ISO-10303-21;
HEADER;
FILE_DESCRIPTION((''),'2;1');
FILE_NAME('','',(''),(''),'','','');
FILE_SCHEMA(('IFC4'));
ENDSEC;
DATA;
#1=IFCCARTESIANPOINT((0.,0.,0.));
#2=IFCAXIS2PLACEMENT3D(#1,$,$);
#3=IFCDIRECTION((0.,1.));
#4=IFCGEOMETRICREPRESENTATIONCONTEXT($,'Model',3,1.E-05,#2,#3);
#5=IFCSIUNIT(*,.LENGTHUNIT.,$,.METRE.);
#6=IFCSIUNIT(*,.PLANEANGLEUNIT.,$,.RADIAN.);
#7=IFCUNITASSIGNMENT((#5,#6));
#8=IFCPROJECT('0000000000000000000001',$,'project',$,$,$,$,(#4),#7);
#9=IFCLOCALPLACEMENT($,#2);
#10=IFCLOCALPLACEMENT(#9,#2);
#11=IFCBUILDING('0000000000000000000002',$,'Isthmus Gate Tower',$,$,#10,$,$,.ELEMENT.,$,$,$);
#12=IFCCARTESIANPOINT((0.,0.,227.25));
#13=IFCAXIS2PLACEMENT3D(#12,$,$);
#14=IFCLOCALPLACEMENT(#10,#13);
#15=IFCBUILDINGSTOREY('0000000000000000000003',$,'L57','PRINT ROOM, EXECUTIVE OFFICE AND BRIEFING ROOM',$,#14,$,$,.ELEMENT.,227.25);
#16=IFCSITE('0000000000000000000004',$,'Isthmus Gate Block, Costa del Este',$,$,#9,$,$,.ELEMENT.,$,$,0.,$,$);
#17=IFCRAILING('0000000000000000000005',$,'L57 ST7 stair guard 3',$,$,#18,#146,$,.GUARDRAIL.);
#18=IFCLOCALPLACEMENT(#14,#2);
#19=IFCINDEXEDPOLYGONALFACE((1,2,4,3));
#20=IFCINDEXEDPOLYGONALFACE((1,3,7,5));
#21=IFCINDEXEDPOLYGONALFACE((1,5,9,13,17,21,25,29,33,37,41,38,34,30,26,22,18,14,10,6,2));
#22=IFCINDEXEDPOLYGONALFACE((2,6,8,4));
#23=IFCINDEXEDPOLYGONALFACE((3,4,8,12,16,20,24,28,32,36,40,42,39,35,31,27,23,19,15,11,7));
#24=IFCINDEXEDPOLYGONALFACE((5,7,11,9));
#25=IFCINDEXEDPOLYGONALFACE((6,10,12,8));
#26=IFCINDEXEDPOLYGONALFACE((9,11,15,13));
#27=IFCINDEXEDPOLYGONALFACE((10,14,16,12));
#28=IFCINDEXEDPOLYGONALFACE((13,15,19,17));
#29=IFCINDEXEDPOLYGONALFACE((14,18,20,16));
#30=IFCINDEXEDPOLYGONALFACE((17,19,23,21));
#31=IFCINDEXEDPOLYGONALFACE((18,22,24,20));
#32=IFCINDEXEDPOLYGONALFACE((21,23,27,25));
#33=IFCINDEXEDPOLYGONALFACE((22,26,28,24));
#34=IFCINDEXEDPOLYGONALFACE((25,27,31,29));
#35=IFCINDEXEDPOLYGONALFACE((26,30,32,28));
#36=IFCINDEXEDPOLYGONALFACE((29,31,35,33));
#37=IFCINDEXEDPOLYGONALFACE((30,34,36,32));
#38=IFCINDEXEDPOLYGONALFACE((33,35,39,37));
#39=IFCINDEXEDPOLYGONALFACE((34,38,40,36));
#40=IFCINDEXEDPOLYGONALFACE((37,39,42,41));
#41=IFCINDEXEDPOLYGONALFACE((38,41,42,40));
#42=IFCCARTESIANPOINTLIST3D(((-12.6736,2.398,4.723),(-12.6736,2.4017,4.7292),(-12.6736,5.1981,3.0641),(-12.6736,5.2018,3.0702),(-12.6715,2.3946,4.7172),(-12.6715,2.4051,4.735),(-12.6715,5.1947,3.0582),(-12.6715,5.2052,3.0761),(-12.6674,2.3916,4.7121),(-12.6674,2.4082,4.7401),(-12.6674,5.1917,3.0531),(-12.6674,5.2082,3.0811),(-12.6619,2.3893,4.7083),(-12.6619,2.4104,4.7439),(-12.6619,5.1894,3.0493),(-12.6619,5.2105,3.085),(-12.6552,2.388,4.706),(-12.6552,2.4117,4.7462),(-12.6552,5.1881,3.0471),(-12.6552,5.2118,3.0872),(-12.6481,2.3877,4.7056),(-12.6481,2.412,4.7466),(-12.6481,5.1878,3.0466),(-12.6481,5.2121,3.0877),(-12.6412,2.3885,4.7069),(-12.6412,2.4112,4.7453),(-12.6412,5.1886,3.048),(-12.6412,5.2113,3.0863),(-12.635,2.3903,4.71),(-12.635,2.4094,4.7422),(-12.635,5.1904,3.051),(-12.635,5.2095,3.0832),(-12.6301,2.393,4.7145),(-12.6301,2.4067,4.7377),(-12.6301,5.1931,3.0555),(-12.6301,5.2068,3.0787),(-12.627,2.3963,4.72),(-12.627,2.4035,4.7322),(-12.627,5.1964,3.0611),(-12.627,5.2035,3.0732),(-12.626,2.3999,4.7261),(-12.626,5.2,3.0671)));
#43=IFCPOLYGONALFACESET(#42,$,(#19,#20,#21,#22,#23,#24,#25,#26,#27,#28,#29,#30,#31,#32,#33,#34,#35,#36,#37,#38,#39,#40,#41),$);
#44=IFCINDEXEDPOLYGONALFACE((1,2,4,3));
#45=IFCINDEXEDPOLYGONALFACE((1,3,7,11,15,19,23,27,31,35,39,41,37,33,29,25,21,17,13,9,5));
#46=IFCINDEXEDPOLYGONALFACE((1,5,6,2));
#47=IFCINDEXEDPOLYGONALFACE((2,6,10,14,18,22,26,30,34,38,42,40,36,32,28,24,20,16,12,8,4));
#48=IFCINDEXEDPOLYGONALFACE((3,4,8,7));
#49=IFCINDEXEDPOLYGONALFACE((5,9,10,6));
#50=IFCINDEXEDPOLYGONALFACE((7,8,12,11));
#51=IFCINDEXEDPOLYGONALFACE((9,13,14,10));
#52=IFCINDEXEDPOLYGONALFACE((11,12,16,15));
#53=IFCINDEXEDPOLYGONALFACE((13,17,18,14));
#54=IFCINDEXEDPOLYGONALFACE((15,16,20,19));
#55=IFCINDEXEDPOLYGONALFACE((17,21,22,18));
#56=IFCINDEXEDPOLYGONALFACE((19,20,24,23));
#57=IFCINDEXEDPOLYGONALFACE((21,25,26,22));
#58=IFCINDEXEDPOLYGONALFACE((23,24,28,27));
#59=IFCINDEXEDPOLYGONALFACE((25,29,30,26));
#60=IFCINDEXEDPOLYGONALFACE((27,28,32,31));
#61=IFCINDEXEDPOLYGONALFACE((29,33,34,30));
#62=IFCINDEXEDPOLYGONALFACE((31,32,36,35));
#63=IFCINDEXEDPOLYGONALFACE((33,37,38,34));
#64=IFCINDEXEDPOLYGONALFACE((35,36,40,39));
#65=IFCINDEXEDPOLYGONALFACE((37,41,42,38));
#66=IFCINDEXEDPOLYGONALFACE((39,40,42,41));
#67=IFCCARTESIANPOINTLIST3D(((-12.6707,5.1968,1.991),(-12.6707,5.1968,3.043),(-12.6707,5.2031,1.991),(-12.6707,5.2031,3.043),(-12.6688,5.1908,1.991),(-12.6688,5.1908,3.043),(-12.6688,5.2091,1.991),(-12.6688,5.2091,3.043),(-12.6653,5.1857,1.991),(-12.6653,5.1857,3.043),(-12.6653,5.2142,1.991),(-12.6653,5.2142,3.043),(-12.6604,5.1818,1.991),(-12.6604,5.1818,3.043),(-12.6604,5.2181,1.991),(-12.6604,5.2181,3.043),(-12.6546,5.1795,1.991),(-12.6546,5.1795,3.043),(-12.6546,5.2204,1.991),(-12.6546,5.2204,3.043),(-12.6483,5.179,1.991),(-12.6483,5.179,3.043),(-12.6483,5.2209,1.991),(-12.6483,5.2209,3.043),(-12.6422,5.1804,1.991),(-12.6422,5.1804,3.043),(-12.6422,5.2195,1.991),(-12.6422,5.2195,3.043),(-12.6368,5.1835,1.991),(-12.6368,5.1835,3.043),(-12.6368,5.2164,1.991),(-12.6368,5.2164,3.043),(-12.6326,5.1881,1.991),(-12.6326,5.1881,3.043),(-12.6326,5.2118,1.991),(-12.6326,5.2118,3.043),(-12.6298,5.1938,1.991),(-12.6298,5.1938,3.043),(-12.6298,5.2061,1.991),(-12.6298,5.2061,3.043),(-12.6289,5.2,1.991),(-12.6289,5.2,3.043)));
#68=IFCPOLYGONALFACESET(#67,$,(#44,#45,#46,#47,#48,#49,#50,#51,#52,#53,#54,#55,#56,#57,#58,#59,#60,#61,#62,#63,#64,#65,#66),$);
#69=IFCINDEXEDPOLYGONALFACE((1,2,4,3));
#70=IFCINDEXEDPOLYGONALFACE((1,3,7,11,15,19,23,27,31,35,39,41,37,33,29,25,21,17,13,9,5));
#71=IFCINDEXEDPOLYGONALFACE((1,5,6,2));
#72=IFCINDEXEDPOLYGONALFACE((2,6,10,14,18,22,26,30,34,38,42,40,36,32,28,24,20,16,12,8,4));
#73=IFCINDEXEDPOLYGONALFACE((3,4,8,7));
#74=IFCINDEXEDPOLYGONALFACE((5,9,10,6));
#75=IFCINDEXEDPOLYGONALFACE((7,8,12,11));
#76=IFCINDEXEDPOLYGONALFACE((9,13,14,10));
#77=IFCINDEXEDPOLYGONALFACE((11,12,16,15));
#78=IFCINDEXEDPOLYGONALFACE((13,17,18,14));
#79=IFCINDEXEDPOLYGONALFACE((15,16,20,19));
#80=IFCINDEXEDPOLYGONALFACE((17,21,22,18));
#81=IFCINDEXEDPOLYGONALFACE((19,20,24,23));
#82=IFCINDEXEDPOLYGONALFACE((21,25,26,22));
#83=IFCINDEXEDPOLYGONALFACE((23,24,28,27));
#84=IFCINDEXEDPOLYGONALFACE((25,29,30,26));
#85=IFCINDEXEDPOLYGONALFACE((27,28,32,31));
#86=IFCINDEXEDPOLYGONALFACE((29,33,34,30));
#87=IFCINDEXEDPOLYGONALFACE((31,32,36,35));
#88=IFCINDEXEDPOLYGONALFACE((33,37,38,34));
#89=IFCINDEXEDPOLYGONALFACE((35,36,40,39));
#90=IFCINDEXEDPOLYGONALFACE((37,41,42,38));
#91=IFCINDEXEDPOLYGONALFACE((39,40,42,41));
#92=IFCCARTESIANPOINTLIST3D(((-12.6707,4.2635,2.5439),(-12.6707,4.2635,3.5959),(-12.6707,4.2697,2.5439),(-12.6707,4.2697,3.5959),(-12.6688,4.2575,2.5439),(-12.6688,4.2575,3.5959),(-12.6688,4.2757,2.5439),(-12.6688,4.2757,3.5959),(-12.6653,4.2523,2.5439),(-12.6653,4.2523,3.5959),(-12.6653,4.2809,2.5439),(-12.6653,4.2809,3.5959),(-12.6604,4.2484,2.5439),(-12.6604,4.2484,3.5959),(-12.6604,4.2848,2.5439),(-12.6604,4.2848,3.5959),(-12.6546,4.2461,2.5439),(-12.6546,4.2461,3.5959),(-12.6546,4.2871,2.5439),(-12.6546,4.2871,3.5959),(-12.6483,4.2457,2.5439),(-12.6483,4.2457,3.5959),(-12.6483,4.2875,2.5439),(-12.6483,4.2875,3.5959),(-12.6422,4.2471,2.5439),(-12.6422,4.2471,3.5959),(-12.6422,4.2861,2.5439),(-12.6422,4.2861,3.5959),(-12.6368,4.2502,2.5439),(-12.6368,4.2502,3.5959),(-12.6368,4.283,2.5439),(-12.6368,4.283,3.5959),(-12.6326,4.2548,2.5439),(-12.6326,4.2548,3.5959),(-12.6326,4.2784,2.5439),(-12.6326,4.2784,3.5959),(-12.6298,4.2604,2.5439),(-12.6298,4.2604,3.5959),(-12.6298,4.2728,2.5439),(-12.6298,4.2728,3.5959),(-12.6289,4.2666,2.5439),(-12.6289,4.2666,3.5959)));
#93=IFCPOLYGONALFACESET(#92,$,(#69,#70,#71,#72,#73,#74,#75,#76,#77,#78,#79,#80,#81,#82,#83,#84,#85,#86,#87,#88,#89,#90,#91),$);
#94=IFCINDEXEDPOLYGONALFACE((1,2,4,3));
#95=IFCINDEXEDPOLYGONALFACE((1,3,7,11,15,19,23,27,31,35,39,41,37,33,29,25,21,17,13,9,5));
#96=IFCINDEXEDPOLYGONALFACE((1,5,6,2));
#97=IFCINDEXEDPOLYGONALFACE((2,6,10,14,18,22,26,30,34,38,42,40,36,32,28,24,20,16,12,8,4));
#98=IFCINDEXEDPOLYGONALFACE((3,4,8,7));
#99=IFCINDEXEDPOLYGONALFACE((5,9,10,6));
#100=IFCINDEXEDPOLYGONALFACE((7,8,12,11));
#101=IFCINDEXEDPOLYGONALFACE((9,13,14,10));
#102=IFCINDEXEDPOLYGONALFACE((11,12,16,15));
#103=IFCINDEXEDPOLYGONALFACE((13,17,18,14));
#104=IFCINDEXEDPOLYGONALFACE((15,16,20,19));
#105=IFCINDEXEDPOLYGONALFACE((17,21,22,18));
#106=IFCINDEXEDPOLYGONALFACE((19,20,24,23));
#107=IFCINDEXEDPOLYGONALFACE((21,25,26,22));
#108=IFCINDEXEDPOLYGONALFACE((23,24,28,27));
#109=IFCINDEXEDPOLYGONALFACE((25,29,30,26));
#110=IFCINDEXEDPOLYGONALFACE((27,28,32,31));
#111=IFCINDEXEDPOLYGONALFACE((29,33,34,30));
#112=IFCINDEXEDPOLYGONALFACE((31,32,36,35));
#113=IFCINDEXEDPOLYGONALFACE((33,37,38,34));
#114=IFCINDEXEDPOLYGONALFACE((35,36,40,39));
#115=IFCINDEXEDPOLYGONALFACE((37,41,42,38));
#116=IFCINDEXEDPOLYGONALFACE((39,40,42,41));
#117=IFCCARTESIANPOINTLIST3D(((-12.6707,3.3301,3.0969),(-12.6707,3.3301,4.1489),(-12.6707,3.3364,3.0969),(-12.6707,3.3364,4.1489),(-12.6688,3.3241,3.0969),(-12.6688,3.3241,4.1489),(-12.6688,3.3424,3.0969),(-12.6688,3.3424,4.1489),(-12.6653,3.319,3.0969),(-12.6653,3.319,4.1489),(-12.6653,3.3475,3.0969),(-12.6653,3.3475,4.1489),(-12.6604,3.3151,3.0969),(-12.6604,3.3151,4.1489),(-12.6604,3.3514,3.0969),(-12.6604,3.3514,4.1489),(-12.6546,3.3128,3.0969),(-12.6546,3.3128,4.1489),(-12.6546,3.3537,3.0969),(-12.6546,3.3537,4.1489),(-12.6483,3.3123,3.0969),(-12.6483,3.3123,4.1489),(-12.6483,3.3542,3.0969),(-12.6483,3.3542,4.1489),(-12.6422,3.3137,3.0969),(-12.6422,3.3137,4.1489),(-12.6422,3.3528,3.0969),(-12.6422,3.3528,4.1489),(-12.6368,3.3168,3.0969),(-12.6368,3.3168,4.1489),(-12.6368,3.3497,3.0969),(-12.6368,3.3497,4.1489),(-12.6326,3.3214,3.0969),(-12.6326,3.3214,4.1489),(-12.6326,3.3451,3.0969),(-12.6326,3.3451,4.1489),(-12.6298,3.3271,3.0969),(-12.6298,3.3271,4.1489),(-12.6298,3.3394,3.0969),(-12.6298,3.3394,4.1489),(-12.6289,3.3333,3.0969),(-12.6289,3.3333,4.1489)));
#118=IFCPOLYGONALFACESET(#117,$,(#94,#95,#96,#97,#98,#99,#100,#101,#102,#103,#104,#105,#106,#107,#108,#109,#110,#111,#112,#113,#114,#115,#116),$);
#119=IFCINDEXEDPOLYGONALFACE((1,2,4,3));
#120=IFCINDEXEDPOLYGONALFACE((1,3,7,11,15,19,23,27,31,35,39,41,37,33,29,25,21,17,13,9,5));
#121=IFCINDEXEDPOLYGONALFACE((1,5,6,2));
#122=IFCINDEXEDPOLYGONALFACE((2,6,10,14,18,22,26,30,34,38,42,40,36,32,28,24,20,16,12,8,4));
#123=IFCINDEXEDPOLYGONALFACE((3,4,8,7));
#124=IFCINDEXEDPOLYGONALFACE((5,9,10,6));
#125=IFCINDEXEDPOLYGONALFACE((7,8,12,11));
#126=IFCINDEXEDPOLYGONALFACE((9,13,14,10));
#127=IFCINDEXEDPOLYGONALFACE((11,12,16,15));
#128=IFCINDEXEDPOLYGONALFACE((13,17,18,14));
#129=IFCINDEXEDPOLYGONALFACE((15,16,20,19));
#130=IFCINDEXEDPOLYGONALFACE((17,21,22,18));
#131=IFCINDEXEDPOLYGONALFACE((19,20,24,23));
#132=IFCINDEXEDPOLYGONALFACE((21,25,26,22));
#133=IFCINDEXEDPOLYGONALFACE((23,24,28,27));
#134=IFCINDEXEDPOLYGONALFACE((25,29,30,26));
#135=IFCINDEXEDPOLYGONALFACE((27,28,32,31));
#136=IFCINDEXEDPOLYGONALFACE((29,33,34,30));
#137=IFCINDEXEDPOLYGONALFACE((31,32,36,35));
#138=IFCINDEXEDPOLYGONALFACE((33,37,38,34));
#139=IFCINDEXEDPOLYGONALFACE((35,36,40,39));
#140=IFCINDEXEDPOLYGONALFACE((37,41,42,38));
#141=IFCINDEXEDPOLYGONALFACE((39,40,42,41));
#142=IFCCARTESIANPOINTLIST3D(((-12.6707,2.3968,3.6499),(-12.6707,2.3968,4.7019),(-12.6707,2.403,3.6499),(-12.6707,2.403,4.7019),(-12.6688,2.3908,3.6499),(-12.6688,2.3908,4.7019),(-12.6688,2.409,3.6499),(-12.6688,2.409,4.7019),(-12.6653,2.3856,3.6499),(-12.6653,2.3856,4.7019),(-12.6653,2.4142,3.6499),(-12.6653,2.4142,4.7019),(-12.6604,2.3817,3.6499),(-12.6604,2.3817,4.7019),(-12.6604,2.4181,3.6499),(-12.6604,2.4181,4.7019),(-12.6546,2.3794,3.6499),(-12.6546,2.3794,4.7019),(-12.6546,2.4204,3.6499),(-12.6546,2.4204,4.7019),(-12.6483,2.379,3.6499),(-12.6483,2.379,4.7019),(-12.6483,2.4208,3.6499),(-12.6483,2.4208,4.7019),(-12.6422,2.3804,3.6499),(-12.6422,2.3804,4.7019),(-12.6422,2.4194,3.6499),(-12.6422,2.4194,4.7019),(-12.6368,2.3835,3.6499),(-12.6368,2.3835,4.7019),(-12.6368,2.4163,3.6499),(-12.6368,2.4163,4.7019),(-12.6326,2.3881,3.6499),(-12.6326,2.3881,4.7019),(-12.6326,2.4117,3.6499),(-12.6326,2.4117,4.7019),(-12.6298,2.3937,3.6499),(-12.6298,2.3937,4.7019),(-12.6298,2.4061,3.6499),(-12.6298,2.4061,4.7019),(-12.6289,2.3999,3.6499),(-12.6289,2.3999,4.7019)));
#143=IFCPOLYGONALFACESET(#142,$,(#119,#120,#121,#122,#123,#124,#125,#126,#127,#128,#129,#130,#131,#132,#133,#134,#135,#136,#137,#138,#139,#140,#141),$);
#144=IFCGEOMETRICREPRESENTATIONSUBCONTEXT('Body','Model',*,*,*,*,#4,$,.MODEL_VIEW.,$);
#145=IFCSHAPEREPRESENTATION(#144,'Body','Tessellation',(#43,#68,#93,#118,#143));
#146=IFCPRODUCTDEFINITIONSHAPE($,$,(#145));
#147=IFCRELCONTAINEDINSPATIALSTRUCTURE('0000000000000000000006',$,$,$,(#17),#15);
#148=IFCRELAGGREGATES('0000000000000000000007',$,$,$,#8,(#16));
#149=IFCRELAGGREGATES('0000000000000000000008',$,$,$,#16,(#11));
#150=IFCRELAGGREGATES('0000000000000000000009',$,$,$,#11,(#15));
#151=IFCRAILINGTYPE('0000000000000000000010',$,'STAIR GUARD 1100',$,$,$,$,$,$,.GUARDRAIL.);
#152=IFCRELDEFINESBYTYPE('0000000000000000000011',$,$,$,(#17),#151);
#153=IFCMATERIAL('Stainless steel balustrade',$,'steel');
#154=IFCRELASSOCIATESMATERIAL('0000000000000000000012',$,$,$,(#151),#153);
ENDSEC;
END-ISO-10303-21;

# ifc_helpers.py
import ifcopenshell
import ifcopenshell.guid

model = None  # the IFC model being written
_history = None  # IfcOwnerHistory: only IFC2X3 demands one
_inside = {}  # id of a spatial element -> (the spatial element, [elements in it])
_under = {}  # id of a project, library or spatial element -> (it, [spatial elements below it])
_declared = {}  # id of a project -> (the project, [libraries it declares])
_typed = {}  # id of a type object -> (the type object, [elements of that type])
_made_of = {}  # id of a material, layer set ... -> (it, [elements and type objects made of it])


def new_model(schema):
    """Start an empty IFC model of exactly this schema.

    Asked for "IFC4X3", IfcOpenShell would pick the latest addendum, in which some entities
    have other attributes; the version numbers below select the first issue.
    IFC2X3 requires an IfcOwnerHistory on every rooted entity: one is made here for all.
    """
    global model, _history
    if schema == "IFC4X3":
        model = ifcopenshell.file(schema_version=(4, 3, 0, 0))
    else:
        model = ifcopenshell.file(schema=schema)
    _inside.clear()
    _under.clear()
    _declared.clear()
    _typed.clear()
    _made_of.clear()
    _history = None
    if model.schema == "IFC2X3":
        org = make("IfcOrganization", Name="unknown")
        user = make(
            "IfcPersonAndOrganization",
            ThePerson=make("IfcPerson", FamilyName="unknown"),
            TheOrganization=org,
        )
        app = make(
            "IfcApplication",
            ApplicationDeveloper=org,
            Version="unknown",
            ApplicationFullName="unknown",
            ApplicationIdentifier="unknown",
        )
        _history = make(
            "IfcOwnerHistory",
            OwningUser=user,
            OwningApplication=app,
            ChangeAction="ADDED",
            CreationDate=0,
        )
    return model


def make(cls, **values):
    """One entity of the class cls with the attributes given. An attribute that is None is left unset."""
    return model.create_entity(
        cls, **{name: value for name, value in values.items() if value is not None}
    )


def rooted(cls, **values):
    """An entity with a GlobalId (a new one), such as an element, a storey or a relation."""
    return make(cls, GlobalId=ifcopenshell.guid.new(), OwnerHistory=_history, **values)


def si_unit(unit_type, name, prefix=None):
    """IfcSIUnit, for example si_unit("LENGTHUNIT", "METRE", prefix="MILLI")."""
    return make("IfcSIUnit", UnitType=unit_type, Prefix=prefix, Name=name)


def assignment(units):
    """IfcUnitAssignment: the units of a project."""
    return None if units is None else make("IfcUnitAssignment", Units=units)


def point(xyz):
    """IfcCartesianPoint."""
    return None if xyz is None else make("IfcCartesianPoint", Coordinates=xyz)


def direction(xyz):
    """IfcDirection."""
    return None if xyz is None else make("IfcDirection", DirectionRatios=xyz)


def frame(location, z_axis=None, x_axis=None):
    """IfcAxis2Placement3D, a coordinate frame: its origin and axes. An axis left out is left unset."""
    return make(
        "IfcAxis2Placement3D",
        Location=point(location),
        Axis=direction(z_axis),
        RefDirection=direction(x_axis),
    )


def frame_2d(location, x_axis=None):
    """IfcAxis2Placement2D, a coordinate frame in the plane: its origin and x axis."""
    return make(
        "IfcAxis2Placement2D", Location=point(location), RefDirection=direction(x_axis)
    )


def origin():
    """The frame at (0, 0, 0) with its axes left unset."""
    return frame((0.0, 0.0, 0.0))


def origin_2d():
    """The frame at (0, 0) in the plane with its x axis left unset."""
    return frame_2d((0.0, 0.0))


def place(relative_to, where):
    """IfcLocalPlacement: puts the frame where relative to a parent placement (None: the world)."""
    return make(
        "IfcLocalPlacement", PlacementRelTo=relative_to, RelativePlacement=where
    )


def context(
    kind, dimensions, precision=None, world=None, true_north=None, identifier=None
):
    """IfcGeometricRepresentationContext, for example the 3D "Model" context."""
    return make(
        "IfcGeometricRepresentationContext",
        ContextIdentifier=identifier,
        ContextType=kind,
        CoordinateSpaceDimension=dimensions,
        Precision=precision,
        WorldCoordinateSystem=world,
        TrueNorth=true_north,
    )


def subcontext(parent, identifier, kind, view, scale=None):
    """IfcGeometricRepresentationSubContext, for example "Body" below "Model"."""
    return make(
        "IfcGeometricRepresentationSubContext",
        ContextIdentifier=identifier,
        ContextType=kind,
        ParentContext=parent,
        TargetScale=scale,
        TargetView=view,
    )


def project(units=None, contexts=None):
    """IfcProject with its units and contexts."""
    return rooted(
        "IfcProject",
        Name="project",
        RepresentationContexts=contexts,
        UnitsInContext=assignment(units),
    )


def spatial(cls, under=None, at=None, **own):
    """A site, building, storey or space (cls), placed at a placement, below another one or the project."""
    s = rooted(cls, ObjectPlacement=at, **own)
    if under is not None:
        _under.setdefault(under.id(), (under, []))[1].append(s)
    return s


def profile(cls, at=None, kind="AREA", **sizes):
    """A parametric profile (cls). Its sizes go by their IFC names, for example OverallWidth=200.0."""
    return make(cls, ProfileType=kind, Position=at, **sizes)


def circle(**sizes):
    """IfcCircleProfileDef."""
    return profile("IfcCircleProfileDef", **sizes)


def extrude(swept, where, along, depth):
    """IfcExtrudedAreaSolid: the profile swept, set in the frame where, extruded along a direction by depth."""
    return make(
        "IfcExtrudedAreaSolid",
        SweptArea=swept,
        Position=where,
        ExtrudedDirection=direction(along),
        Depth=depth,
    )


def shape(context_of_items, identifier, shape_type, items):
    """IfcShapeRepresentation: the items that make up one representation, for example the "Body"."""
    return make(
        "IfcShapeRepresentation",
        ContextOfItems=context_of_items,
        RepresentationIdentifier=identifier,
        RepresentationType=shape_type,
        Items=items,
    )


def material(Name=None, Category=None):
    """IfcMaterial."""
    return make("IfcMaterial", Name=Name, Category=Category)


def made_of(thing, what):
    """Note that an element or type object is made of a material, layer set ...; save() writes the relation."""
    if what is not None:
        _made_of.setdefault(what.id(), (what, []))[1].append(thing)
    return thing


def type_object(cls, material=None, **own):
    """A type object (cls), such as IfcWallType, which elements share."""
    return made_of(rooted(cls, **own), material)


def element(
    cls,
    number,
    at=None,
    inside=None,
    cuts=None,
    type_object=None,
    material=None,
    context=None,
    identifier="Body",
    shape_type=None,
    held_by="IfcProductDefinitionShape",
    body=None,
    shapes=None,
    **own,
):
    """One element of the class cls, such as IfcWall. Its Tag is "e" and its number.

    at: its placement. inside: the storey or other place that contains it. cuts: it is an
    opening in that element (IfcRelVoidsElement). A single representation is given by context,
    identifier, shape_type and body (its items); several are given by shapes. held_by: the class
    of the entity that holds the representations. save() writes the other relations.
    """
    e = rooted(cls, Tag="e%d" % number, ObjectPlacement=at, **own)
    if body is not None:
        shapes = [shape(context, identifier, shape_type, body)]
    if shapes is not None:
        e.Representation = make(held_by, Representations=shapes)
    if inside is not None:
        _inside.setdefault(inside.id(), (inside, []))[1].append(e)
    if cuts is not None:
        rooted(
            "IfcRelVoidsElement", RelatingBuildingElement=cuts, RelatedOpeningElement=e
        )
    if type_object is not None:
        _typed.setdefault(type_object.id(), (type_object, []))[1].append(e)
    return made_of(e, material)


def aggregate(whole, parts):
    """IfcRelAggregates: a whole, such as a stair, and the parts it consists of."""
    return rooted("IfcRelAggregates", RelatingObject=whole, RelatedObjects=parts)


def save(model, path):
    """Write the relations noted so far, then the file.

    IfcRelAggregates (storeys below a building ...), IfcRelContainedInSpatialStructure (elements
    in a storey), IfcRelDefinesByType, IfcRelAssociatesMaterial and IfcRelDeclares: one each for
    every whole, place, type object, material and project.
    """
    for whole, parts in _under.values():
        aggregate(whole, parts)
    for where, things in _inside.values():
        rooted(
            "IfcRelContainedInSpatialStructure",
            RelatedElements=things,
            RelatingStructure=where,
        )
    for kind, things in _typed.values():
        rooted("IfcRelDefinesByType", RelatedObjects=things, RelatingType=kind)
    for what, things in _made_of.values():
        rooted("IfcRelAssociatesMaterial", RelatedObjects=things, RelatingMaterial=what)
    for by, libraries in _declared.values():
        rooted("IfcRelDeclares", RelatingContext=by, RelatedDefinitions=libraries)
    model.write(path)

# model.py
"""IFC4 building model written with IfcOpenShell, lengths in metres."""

from ifc_helpers import new_model, si_unit, direction, frame, origin, origin_2d, place, context, subcontext, project, spatial, circle, extrude, material, type_object, element, save


model = new_model("IFC4")

# Units and contexts
model_context = context("Model", 3, precision=1e-05, world=origin(), true_north=direction((0.0, 1.0)))
body_context = subcontext(model_context, "Body", "Model", "MODEL_VIEW")
ifc_project = project(units=[si_unit("LENGTHUNIT", "METRE"), si_unit("PLANEANGLEUNIT", "RADIAN")], contexts=[model_context])

# Site, building, storey
site_placement = place(None, origin())
site = spatial("IfcSite", under=ifc_project, at=site_placement, Name="Isthmus Gate Block, Costa del Este", CompositionType="ELEMENT", RefElevation=0.0)
building_placement = place(site_placement, origin())
building = spatial("IfcBuilding", under=site, at=building_placement, Name="Isthmus Gate Tower", CompositionType="ELEMENT")
storey_placement = place(building_placement, frame((0.0, 0.0, 227.25)))
storey = spatial("IfcBuildingStorey", under=building, at=storey_placement, Name="L57", Description="PRINT ROOM, EXECUTIVE OFFICE AND BRIEFING ROOM", CompositionType="ELEMENT", Elevation=227.25)

# Railing
ifc_material_1 = material(Name="Stainless steel balustrade", Category="steel")
railing_type_1 = type_object("IfcRailingType", Name="STAIR GUARD 1100", PredefinedType="GUARDRAIL", material=ifc_material_1)
railing_1_placement = place(storey_placement, frame((-12.6499, 5.2, 1.991)))
element("IfcRailing", 1, at=railing_1_placement, inside=storey, type_object=railing_type_1, Name="L57 ST7 stair guard 3", PredefinedType="GUARDRAIL", context=body_context, shape_type="SweptSolid", body=[
    extrude(circle(Radius=0.0239, at=origin_2d()), frame((0.0, 0.0, 1.0762), z_axis=(0.0, -0.860339, 0.509722), x_axis=(1.0, 0.0, 0.0)), (0.0, 0.0, 1.0), 3.2546),
    extrude(circle(Radius=0.021, at=origin_2d()), origin(), (0.0, 0.0, 1.0), 1.052),
    extrude(circle(Radius=0.021, at=origin_2d()), frame((0.0, -0.9333, 0.553)), (0.0, 0.0, 1.0), 1.052),
    extrude(circle(Radius=0.021, at=origin_2d()), frame((0.0, -1.8667, 1.106)), (0.0, 0.0, 1.0), 1.052),
    extrude(circle(Radius=0.021, at=origin_2d()), frame((0.0, -2.8, 1.6589)), (0.0, 0.0, 1.0), 1.052),
])

save(model, "model.ifc")
